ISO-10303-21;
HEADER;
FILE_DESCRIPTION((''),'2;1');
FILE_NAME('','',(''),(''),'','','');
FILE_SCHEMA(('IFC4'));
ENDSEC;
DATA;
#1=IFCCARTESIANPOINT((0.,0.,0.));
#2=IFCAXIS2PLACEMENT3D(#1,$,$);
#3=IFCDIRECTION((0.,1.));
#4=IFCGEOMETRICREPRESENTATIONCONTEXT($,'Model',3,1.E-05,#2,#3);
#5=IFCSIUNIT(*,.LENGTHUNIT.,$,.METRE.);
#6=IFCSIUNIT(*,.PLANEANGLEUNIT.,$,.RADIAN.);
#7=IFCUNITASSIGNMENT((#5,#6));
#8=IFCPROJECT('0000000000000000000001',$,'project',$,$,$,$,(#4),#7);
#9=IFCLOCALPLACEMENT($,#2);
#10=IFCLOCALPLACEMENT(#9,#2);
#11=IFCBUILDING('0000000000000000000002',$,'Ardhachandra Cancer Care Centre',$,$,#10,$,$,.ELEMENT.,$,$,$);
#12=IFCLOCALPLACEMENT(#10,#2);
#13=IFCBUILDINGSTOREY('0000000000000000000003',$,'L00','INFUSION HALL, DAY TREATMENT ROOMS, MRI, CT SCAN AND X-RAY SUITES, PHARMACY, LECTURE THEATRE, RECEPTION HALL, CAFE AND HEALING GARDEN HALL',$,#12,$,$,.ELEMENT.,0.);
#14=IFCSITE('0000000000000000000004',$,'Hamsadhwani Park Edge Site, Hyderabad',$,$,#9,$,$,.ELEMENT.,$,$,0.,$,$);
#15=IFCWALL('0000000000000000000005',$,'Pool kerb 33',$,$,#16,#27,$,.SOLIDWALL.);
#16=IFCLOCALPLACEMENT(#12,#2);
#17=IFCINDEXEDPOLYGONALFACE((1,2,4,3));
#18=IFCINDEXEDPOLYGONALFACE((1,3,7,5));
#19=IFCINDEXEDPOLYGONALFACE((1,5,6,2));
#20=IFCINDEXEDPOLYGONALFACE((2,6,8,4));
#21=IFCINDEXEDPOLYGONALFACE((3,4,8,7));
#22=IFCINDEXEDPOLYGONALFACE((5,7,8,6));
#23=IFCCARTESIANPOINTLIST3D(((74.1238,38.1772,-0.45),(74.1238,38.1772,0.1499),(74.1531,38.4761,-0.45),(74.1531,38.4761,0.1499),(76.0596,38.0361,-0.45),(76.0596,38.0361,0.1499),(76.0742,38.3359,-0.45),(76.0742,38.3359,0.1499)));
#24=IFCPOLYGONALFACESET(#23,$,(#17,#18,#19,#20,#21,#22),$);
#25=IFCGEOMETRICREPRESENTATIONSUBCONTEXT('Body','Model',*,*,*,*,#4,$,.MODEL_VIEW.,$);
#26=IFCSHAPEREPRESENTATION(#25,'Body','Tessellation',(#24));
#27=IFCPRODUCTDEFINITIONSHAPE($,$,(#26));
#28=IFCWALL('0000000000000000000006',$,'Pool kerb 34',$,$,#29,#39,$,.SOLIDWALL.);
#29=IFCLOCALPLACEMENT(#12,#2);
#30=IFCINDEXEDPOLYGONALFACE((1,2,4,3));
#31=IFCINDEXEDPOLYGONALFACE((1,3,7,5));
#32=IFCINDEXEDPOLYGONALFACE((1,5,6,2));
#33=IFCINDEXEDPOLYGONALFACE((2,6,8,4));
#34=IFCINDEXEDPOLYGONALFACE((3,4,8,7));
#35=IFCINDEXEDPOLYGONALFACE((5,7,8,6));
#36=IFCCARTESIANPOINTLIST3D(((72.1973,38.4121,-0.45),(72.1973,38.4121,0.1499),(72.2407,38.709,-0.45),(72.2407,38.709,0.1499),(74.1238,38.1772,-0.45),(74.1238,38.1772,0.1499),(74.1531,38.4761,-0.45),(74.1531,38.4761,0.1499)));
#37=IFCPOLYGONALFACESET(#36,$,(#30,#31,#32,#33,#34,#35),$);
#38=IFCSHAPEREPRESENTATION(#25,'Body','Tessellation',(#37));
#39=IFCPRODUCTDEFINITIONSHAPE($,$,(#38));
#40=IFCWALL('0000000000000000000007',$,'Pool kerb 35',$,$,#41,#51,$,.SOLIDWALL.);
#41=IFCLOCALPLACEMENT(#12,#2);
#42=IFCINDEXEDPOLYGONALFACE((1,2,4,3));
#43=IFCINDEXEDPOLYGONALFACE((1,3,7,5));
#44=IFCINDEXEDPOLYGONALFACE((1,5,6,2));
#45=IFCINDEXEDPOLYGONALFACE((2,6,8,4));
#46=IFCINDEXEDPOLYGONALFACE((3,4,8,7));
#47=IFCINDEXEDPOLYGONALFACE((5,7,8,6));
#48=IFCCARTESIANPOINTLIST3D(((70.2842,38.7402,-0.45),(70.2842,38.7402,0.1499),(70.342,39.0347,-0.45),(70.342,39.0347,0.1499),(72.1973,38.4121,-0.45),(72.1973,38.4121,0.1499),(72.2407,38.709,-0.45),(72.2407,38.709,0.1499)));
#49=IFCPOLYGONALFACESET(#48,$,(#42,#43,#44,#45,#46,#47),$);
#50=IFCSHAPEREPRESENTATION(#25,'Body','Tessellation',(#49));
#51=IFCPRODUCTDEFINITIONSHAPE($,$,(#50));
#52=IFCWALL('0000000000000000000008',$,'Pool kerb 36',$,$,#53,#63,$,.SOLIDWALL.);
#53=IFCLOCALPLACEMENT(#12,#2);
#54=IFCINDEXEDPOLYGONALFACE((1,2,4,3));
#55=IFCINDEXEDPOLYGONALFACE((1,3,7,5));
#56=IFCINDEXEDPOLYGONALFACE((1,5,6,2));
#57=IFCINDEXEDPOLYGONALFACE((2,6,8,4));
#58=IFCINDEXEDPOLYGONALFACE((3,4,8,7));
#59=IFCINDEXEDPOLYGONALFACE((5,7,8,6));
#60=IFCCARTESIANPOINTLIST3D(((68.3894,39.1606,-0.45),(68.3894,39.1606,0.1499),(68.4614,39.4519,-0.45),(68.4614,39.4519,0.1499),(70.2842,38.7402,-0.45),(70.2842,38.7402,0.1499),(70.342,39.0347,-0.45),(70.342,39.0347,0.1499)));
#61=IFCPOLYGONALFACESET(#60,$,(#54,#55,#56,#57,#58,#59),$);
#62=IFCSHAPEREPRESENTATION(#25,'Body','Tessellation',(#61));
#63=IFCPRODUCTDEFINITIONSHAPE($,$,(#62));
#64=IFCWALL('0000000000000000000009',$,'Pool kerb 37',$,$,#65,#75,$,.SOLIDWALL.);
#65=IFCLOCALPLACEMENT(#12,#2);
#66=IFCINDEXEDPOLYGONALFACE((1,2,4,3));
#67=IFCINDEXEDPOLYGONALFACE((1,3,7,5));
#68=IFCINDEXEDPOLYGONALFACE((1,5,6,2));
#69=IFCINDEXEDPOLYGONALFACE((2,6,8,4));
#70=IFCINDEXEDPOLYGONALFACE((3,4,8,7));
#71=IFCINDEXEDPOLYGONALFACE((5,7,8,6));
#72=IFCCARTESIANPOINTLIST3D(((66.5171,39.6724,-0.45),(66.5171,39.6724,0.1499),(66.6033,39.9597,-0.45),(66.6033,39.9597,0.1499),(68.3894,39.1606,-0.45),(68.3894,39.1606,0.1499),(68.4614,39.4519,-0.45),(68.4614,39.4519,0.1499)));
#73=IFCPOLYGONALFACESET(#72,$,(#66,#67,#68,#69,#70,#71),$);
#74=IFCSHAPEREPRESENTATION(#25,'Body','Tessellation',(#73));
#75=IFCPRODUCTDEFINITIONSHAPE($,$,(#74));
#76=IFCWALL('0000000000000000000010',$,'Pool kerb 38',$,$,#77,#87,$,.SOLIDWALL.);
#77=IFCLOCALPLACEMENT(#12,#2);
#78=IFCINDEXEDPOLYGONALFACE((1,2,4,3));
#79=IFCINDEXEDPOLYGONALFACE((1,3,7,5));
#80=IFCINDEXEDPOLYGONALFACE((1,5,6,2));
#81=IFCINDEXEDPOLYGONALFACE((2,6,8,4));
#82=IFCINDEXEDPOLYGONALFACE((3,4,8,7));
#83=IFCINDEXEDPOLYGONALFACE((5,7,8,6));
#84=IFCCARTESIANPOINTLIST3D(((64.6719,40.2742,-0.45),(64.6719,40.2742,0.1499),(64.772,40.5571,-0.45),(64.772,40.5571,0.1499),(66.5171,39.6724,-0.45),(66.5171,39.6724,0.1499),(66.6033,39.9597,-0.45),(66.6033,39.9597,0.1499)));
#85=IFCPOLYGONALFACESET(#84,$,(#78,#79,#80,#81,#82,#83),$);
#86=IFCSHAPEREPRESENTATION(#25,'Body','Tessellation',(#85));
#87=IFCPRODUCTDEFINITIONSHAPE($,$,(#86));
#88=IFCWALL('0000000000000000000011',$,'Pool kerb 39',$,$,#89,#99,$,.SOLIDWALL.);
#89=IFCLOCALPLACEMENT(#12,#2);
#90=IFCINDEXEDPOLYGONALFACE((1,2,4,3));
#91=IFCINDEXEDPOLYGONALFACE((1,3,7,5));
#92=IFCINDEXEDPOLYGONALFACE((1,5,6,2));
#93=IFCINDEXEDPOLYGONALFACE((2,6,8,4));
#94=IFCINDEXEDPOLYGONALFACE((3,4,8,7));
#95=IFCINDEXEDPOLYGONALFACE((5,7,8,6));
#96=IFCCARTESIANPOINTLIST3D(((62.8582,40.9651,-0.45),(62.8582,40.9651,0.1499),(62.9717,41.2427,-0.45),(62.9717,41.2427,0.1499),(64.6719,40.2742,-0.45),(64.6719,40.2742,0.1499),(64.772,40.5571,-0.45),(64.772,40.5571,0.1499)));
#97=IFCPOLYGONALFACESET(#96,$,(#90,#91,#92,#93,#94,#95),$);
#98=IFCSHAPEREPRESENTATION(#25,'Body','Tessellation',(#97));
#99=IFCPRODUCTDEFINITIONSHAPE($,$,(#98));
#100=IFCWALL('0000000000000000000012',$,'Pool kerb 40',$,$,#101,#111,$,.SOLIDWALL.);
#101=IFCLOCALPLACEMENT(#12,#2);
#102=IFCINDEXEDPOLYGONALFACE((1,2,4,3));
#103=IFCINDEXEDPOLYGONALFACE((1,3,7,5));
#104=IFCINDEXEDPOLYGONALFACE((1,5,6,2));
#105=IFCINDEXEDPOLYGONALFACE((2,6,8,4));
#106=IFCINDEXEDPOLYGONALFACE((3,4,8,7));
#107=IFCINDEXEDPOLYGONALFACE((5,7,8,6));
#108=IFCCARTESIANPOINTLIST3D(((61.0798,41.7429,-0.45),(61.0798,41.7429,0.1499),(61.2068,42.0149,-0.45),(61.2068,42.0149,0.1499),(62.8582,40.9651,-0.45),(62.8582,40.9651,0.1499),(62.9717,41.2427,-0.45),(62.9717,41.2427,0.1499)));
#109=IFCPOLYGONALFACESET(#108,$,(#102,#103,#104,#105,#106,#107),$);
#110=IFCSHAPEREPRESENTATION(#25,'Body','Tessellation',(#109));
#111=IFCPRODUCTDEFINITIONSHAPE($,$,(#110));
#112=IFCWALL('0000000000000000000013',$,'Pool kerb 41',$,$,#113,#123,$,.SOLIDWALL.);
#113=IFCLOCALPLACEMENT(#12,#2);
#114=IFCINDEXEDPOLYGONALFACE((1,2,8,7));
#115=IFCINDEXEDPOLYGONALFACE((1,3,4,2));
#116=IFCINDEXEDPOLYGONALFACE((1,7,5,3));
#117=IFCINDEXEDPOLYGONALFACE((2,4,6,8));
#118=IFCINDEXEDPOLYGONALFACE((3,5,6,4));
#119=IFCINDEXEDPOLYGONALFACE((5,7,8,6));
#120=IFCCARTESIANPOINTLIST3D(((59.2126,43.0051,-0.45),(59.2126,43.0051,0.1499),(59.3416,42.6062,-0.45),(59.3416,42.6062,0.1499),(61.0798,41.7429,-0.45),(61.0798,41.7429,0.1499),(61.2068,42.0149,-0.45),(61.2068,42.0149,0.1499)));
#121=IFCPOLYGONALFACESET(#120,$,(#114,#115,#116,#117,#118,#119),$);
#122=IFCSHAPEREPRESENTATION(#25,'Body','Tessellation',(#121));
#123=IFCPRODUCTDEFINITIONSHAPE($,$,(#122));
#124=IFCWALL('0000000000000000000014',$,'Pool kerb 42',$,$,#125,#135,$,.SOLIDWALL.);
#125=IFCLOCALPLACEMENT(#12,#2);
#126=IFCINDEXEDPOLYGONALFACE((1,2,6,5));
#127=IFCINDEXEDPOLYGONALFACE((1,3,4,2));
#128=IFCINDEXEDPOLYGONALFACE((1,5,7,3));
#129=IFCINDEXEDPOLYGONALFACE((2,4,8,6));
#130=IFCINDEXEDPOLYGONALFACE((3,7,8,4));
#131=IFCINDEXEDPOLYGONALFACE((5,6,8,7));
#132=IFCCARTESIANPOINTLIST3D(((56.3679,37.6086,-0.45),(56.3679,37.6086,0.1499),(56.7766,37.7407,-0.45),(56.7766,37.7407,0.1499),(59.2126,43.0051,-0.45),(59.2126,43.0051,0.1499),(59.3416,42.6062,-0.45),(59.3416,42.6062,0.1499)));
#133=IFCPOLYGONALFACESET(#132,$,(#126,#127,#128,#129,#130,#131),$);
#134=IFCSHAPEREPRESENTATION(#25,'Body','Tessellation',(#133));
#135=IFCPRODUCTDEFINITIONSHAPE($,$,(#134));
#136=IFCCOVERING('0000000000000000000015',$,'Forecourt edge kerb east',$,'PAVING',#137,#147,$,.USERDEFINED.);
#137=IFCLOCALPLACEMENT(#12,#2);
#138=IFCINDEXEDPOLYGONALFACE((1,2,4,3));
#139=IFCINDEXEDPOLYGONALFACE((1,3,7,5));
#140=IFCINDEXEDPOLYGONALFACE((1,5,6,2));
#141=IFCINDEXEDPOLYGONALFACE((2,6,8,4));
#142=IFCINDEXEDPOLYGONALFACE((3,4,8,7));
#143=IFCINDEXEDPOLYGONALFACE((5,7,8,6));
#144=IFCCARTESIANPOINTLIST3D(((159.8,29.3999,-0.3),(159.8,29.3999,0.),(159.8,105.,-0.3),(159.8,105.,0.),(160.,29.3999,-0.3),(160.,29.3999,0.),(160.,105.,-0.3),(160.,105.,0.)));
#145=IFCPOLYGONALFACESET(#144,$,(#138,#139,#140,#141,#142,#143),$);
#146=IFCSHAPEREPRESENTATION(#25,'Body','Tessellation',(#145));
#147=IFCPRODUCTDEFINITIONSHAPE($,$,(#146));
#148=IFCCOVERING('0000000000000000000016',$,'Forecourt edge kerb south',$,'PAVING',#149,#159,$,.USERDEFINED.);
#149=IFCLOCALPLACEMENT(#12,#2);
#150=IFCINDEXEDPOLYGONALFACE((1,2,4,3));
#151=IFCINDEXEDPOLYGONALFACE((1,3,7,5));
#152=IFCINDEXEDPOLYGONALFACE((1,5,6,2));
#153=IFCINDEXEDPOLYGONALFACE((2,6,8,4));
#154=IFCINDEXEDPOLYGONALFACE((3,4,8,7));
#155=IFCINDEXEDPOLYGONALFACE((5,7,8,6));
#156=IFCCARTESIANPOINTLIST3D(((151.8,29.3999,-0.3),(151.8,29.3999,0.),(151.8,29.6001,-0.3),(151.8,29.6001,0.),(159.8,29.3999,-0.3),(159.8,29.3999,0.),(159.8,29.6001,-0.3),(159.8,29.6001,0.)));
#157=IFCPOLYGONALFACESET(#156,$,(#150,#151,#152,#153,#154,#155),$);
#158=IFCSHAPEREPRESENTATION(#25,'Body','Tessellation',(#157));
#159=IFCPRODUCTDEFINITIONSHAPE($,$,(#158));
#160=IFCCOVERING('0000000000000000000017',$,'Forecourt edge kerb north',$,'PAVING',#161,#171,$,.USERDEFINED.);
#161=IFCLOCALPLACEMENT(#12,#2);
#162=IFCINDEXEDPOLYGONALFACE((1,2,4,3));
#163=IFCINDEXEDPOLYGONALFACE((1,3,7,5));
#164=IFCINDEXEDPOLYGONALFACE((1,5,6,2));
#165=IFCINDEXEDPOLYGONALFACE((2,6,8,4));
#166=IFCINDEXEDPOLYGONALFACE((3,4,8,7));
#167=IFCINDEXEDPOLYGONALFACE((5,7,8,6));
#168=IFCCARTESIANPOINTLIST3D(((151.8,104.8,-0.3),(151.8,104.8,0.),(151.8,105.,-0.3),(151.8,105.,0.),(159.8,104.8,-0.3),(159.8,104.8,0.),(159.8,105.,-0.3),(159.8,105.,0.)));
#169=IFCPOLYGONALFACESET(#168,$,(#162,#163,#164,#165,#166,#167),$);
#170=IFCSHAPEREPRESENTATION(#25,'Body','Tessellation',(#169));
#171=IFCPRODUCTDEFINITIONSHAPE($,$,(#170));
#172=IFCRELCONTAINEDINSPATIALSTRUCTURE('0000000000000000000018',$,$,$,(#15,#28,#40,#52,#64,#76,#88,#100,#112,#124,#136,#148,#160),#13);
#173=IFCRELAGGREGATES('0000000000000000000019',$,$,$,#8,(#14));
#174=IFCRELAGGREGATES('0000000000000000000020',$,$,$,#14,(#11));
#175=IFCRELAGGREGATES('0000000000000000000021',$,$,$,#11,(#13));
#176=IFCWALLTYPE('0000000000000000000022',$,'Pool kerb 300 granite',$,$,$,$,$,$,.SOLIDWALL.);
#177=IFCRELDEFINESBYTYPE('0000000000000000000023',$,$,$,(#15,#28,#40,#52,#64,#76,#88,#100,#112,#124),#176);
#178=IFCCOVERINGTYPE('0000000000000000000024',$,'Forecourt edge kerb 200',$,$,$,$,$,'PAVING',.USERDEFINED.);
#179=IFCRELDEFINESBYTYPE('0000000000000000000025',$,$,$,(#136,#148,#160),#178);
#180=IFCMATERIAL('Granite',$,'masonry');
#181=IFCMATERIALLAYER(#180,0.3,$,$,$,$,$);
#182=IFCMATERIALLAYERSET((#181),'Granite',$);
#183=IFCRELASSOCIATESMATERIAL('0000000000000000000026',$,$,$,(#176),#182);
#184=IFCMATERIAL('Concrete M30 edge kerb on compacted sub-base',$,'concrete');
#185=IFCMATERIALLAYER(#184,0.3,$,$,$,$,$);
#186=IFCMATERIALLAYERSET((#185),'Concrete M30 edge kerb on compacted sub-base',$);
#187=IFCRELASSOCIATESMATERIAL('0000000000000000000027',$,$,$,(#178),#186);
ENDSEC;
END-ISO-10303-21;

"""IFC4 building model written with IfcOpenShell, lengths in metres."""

from ifc_helpers import new_model, si_unit, direction, frame, origin, place, context, subcontext, project, spatial, polyline, outline, extrude, material, layer, layer_set, type_object, element, save


model = new_model("IFC4")

# Units and contexts
model_context = context("Model", 3, precision=1e-05, world=origin(), true_north=direction((0.0, 1.0)))
body_context = subcontext(model_context, "Body", "Model", "MODEL_VIEW")
ifc_project = project(units=[si_unit("LENGTHUNIT", "METRE"), si_unit("PLANEANGLEUNIT", "RADIAN")], contexts=[model_context])

# Site, building, storey
site_placement = place(None, origin())
site = spatial("IfcSite", under=ifc_project, at=site_placement, Name="Hamsadhwani Park Edge Site, Hyderabad", CompositionType="ELEMENT", RefElevation=0.0)
building_placement = place(site_placement, origin())
building = spatial("IfcBuilding", under=site, at=building_placement, Name="Ardhachandra Cancer Care Centre", CompositionType="ELEMENT")
storey_placement = place(building_placement, origin())
storey = spatial("IfcBuildingStorey", under=building, at=storey_placement, Name="L00", Description="INFUSION HALL, DAY TREATMENT ROOMS, MRI, CT SCAN AND X-RAY SUITES, PHARMACY, LECTURE THEATRE, RECEPTION HALL, CAFE AND HEALING GARDEN HALL", CompositionType="ELEMENT", Elevation=0.0)

# Walls
ifc_material_1 = material(Name="Granite", Category="masonry")
ifc_layer_1 = layer(ifc_material_1, 0.3)
ifc_layer_set_1 = layer_set([ifc_layer_1], Name="Granite")
wall_type = type_object("IfcWallType", Name="Pool kerb 300 granite", PredefinedType="SOLIDWALL", material=ifc_layer_set_1)
wall_1_placement = place(storey_placement, frame((0.0, 0.0, -0.45)))
element("IfcWall", 1, at=wall_1_placement, inside=storey, type_object=wall_type, Name="Pool kerb 33", PredefinedType="SOLIDWALL", context=body_context, shape_type="SweptSolid", body=[
    extrude(outline(polyline([(76.0596, 38.0361), (74.1238, 38.1772), (74.1531, 38.4761), (76.0742, 38.3359), (76.0596, 38.0361)])), origin(), (0.0, 0.0, 1.0), 0.5999),
])
wall_2_placement = place(storey_placement, frame((0.0, 0.0, -0.45)))
element("IfcWall", 2, at=wall_2_placement, inside=storey, type_object=wall_type, Name="Pool kerb 34", PredefinedType="SOLIDWALL", context=body_context, shape_type="SweptSolid", body=[
    extrude(outline(polyline([(74.1238, 38.1772), (72.1973, 38.4121), (72.2407, 38.709), (74.1531, 38.4761), (74.1238, 38.1772)])), origin(), (0.0, 0.0, 1.0), 0.5999),
])
wall_3_placement = place(storey_placement, frame((0.0, 0.0, -0.45)))
element("IfcWall", 3, at=wall_3_placement, inside=storey, type_object=wall_type, Name="Pool kerb 35", PredefinedType="SOLIDWALL", context=body_context, shape_type="SweptSolid", body=[
    extrude(outline(polyline([(72.1973, 38.4121), (70.2842, 38.7402), (70.342, 39.0347), (72.2407, 38.709), (72.1973, 38.4121)])), origin(), (0.0, 0.0, 1.0), 0.5999),
])
wall_4_placement = place(storey_placement, frame((0.0, 0.0, -0.45)))
element("IfcWall", 4, at=wall_4_placement, inside=storey, type_object=wall_type, Name="Pool kerb 36", PredefinedType="SOLIDWALL", context=body_context, shape_type="SweptSolid", body=[
    extrude(outline(polyline([(70.2842, 38.7402), (68.3894, 39.1606), (68.4614, 39.4519), (70.342, 39.0347), (70.2842, 38.7402)])), origin(), (0.0, 0.0, 1.0), 0.5999),
])
wall_5_placement = place(storey_placement, frame((0.0, 0.0, -0.45)))
element("IfcWall", 5, at=wall_5_placement, inside=storey, type_object=wall_type, Name="Pool kerb 37", PredefinedType="SOLIDWALL", context=body_context, shape_type="SweptSolid", body=[
    extrude(outline(polyline([(68.3894, 39.1606), (66.5171, 39.6724), (66.6033, 39.9597), (68.4614, 39.4519), (68.3894, 39.1606)])), origin(), (0.0, 0.0, 1.0), 0.5999),
])
wall_6_placement = place(storey_placement, frame((0.0, 0.0, -0.45)))
element("IfcWall", 6, at=wall_6_placement, inside=storey, type_object=wall_type, Name="Pool kerb 38", PredefinedType="SOLIDWALL", context=body_context, shape_type="SweptSolid", body=[
    extrude(outline(polyline([(66.5171, 39.6724), (64.6719, 40.2742), (64.772, 40.5571), (66.6033, 39.9597), (66.5171, 39.6724)])), origin(), (0.0, 0.0, 1.0), 0.5999),
])
wall_7_placement = place(storey_placement, frame((0.0, 0.0, -0.45)))
element("IfcWall", 7, at=wall_7_placement, inside=storey, type_object=wall_type, Name="Pool kerb 39", PredefinedType="SOLIDWALL", context=body_context, shape_type="SweptSolid", body=[
    extrude(outline(polyline([(64.6719, 40.2742), (62.8582, 40.9651), (62.9717, 41.2427), (64.772, 40.5571), (64.6719, 40.2742)])), origin(), (0.0, 0.0, 1.0), 0.5999),
])
wall_8_placement = place(storey_placement, frame((0.0, 0.0, -0.45)))
element("IfcWall", 8, at=wall_8_placement, inside=storey, type_object=wall_type, Name="Pool kerb 40", PredefinedType="SOLIDWALL", context=body_context, shape_type="SweptSolid", body=[
    extrude(outline(polyline([(62.8582, 40.9651), (61.0798, 41.7429), (61.2068, 42.0149), (62.9717, 41.2427), (62.8582, 40.9651)])), origin(), (0.0, 0.0, 1.0), 0.5999),
])
wall_9_placement = place(storey_placement, frame((0.0, 0.0, -0.45)))
element("IfcWall", 9, at=wall_9_placement, inside=storey, type_object=wall_type, Name="Pool kerb 41", PredefinedType="SOLIDWALL", context=body_context, shape_type="SweptSolid", body=[
    extrude(outline(polyline([(61.0798, 41.7429), (59.3416, 42.6062), (59.2126, 43.0051), (61.2068, 42.0149), (61.0798, 41.7429)])), origin(), (0.0, 0.0, 1.0), 0.5999),
])
wall_10_placement = place(storey_placement, frame((0.0, 0.0, -0.45)))
element("IfcWall", 10, at=wall_10_placement, inside=storey, type_object=wall_type, Name="Pool kerb 42", PredefinedType="SOLIDWALL", context=body_context, shape_type="SweptSolid", body=[
    extrude(outline(polyline([(59.3416, 42.6062), (56.7766, 37.7407), (56.3679, 37.6086), (59.2126, 43.0051), (59.3416, 42.6062)])), origin(), (0.0, 0.0, 1.0), 0.5999),
])

# Coverings
ifc_material_2 = material(Name="Concrete M30 edge kerb on compacted sub-base", Category="concrete")
ifc_layer_2 = layer(ifc_material_2, 0.3)
ifc_layer_set_2 = layer_set([ifc_layer_2], Name="Concrete M30 edge kerb on compacted sub-base")
covering_type_1 = type_object("IfcCoveringType", Name="Forecourt edge kerb 200", ElementType="PAVING", PredefinedType="USERDEFINED", material=ifc_layer_set_2)
covering_1_placement = place(storey_placement, frame((0.0, 0.0, -0.3)))
element("IfcCovering", 11, at=covering_1_placement, inside=storey, type_object=covering_type_1, Name="Forecourt edge kerb east", ObjectType="PAVING", PredefinedType="USERDEFINED", context=body_context, shape_type="SweptSolid", body=[
    extrude(outline(polyline([(159.8, 29.3999), (160.0, 29.3999), (160.0, 105.0), (159.8, 105.0), (159.8, 29.3999)])), origin(), (0.0, 0.0, 1.0), 0.3),
])
covering_2_placement = place(storey_placement, frame((0.0, 0.0, -0.3)))
element("IfcCovering", 12, at=covering_2_placement, inside=storey, type_object=covering_type_1, Name="Forecourt edge kerb south", ObjectType="PAVING", PredefinedType="USERDEFINED", context=body_context, shape_type="SweptSolid", body=[
    extrude(outline(polyline([(151.8, 29.3999), (159.8, 29.3999), (159.8, 29.6001), (151.8, 29.6001), (151.8, 29.3999)])), origin(), (0.0, 0.0, 1.0), 0.3),
])
covering_3_placement = place(storey_placement, frame((0.0, 0.0, -0.3)))
element("IfcCovering", 13, at=covering_3_placement, inside=storey, type_object=covering_type_1, Name="Forecourt edge kerb north", ObjectType="PAVING", PredefinedType="USERDEFINED", context=body_context, shape_type="SweptSolid", body=[
    extrude(outline(polyline([(151.8, 104.8), (159.8, 104.8), (159.8, 105.0), (151.8, 105.0), (151.8, 104.8)])), origin(), (0.0, 0.0, 1.0), 0.3),
])

save(model, "model.ifc")
